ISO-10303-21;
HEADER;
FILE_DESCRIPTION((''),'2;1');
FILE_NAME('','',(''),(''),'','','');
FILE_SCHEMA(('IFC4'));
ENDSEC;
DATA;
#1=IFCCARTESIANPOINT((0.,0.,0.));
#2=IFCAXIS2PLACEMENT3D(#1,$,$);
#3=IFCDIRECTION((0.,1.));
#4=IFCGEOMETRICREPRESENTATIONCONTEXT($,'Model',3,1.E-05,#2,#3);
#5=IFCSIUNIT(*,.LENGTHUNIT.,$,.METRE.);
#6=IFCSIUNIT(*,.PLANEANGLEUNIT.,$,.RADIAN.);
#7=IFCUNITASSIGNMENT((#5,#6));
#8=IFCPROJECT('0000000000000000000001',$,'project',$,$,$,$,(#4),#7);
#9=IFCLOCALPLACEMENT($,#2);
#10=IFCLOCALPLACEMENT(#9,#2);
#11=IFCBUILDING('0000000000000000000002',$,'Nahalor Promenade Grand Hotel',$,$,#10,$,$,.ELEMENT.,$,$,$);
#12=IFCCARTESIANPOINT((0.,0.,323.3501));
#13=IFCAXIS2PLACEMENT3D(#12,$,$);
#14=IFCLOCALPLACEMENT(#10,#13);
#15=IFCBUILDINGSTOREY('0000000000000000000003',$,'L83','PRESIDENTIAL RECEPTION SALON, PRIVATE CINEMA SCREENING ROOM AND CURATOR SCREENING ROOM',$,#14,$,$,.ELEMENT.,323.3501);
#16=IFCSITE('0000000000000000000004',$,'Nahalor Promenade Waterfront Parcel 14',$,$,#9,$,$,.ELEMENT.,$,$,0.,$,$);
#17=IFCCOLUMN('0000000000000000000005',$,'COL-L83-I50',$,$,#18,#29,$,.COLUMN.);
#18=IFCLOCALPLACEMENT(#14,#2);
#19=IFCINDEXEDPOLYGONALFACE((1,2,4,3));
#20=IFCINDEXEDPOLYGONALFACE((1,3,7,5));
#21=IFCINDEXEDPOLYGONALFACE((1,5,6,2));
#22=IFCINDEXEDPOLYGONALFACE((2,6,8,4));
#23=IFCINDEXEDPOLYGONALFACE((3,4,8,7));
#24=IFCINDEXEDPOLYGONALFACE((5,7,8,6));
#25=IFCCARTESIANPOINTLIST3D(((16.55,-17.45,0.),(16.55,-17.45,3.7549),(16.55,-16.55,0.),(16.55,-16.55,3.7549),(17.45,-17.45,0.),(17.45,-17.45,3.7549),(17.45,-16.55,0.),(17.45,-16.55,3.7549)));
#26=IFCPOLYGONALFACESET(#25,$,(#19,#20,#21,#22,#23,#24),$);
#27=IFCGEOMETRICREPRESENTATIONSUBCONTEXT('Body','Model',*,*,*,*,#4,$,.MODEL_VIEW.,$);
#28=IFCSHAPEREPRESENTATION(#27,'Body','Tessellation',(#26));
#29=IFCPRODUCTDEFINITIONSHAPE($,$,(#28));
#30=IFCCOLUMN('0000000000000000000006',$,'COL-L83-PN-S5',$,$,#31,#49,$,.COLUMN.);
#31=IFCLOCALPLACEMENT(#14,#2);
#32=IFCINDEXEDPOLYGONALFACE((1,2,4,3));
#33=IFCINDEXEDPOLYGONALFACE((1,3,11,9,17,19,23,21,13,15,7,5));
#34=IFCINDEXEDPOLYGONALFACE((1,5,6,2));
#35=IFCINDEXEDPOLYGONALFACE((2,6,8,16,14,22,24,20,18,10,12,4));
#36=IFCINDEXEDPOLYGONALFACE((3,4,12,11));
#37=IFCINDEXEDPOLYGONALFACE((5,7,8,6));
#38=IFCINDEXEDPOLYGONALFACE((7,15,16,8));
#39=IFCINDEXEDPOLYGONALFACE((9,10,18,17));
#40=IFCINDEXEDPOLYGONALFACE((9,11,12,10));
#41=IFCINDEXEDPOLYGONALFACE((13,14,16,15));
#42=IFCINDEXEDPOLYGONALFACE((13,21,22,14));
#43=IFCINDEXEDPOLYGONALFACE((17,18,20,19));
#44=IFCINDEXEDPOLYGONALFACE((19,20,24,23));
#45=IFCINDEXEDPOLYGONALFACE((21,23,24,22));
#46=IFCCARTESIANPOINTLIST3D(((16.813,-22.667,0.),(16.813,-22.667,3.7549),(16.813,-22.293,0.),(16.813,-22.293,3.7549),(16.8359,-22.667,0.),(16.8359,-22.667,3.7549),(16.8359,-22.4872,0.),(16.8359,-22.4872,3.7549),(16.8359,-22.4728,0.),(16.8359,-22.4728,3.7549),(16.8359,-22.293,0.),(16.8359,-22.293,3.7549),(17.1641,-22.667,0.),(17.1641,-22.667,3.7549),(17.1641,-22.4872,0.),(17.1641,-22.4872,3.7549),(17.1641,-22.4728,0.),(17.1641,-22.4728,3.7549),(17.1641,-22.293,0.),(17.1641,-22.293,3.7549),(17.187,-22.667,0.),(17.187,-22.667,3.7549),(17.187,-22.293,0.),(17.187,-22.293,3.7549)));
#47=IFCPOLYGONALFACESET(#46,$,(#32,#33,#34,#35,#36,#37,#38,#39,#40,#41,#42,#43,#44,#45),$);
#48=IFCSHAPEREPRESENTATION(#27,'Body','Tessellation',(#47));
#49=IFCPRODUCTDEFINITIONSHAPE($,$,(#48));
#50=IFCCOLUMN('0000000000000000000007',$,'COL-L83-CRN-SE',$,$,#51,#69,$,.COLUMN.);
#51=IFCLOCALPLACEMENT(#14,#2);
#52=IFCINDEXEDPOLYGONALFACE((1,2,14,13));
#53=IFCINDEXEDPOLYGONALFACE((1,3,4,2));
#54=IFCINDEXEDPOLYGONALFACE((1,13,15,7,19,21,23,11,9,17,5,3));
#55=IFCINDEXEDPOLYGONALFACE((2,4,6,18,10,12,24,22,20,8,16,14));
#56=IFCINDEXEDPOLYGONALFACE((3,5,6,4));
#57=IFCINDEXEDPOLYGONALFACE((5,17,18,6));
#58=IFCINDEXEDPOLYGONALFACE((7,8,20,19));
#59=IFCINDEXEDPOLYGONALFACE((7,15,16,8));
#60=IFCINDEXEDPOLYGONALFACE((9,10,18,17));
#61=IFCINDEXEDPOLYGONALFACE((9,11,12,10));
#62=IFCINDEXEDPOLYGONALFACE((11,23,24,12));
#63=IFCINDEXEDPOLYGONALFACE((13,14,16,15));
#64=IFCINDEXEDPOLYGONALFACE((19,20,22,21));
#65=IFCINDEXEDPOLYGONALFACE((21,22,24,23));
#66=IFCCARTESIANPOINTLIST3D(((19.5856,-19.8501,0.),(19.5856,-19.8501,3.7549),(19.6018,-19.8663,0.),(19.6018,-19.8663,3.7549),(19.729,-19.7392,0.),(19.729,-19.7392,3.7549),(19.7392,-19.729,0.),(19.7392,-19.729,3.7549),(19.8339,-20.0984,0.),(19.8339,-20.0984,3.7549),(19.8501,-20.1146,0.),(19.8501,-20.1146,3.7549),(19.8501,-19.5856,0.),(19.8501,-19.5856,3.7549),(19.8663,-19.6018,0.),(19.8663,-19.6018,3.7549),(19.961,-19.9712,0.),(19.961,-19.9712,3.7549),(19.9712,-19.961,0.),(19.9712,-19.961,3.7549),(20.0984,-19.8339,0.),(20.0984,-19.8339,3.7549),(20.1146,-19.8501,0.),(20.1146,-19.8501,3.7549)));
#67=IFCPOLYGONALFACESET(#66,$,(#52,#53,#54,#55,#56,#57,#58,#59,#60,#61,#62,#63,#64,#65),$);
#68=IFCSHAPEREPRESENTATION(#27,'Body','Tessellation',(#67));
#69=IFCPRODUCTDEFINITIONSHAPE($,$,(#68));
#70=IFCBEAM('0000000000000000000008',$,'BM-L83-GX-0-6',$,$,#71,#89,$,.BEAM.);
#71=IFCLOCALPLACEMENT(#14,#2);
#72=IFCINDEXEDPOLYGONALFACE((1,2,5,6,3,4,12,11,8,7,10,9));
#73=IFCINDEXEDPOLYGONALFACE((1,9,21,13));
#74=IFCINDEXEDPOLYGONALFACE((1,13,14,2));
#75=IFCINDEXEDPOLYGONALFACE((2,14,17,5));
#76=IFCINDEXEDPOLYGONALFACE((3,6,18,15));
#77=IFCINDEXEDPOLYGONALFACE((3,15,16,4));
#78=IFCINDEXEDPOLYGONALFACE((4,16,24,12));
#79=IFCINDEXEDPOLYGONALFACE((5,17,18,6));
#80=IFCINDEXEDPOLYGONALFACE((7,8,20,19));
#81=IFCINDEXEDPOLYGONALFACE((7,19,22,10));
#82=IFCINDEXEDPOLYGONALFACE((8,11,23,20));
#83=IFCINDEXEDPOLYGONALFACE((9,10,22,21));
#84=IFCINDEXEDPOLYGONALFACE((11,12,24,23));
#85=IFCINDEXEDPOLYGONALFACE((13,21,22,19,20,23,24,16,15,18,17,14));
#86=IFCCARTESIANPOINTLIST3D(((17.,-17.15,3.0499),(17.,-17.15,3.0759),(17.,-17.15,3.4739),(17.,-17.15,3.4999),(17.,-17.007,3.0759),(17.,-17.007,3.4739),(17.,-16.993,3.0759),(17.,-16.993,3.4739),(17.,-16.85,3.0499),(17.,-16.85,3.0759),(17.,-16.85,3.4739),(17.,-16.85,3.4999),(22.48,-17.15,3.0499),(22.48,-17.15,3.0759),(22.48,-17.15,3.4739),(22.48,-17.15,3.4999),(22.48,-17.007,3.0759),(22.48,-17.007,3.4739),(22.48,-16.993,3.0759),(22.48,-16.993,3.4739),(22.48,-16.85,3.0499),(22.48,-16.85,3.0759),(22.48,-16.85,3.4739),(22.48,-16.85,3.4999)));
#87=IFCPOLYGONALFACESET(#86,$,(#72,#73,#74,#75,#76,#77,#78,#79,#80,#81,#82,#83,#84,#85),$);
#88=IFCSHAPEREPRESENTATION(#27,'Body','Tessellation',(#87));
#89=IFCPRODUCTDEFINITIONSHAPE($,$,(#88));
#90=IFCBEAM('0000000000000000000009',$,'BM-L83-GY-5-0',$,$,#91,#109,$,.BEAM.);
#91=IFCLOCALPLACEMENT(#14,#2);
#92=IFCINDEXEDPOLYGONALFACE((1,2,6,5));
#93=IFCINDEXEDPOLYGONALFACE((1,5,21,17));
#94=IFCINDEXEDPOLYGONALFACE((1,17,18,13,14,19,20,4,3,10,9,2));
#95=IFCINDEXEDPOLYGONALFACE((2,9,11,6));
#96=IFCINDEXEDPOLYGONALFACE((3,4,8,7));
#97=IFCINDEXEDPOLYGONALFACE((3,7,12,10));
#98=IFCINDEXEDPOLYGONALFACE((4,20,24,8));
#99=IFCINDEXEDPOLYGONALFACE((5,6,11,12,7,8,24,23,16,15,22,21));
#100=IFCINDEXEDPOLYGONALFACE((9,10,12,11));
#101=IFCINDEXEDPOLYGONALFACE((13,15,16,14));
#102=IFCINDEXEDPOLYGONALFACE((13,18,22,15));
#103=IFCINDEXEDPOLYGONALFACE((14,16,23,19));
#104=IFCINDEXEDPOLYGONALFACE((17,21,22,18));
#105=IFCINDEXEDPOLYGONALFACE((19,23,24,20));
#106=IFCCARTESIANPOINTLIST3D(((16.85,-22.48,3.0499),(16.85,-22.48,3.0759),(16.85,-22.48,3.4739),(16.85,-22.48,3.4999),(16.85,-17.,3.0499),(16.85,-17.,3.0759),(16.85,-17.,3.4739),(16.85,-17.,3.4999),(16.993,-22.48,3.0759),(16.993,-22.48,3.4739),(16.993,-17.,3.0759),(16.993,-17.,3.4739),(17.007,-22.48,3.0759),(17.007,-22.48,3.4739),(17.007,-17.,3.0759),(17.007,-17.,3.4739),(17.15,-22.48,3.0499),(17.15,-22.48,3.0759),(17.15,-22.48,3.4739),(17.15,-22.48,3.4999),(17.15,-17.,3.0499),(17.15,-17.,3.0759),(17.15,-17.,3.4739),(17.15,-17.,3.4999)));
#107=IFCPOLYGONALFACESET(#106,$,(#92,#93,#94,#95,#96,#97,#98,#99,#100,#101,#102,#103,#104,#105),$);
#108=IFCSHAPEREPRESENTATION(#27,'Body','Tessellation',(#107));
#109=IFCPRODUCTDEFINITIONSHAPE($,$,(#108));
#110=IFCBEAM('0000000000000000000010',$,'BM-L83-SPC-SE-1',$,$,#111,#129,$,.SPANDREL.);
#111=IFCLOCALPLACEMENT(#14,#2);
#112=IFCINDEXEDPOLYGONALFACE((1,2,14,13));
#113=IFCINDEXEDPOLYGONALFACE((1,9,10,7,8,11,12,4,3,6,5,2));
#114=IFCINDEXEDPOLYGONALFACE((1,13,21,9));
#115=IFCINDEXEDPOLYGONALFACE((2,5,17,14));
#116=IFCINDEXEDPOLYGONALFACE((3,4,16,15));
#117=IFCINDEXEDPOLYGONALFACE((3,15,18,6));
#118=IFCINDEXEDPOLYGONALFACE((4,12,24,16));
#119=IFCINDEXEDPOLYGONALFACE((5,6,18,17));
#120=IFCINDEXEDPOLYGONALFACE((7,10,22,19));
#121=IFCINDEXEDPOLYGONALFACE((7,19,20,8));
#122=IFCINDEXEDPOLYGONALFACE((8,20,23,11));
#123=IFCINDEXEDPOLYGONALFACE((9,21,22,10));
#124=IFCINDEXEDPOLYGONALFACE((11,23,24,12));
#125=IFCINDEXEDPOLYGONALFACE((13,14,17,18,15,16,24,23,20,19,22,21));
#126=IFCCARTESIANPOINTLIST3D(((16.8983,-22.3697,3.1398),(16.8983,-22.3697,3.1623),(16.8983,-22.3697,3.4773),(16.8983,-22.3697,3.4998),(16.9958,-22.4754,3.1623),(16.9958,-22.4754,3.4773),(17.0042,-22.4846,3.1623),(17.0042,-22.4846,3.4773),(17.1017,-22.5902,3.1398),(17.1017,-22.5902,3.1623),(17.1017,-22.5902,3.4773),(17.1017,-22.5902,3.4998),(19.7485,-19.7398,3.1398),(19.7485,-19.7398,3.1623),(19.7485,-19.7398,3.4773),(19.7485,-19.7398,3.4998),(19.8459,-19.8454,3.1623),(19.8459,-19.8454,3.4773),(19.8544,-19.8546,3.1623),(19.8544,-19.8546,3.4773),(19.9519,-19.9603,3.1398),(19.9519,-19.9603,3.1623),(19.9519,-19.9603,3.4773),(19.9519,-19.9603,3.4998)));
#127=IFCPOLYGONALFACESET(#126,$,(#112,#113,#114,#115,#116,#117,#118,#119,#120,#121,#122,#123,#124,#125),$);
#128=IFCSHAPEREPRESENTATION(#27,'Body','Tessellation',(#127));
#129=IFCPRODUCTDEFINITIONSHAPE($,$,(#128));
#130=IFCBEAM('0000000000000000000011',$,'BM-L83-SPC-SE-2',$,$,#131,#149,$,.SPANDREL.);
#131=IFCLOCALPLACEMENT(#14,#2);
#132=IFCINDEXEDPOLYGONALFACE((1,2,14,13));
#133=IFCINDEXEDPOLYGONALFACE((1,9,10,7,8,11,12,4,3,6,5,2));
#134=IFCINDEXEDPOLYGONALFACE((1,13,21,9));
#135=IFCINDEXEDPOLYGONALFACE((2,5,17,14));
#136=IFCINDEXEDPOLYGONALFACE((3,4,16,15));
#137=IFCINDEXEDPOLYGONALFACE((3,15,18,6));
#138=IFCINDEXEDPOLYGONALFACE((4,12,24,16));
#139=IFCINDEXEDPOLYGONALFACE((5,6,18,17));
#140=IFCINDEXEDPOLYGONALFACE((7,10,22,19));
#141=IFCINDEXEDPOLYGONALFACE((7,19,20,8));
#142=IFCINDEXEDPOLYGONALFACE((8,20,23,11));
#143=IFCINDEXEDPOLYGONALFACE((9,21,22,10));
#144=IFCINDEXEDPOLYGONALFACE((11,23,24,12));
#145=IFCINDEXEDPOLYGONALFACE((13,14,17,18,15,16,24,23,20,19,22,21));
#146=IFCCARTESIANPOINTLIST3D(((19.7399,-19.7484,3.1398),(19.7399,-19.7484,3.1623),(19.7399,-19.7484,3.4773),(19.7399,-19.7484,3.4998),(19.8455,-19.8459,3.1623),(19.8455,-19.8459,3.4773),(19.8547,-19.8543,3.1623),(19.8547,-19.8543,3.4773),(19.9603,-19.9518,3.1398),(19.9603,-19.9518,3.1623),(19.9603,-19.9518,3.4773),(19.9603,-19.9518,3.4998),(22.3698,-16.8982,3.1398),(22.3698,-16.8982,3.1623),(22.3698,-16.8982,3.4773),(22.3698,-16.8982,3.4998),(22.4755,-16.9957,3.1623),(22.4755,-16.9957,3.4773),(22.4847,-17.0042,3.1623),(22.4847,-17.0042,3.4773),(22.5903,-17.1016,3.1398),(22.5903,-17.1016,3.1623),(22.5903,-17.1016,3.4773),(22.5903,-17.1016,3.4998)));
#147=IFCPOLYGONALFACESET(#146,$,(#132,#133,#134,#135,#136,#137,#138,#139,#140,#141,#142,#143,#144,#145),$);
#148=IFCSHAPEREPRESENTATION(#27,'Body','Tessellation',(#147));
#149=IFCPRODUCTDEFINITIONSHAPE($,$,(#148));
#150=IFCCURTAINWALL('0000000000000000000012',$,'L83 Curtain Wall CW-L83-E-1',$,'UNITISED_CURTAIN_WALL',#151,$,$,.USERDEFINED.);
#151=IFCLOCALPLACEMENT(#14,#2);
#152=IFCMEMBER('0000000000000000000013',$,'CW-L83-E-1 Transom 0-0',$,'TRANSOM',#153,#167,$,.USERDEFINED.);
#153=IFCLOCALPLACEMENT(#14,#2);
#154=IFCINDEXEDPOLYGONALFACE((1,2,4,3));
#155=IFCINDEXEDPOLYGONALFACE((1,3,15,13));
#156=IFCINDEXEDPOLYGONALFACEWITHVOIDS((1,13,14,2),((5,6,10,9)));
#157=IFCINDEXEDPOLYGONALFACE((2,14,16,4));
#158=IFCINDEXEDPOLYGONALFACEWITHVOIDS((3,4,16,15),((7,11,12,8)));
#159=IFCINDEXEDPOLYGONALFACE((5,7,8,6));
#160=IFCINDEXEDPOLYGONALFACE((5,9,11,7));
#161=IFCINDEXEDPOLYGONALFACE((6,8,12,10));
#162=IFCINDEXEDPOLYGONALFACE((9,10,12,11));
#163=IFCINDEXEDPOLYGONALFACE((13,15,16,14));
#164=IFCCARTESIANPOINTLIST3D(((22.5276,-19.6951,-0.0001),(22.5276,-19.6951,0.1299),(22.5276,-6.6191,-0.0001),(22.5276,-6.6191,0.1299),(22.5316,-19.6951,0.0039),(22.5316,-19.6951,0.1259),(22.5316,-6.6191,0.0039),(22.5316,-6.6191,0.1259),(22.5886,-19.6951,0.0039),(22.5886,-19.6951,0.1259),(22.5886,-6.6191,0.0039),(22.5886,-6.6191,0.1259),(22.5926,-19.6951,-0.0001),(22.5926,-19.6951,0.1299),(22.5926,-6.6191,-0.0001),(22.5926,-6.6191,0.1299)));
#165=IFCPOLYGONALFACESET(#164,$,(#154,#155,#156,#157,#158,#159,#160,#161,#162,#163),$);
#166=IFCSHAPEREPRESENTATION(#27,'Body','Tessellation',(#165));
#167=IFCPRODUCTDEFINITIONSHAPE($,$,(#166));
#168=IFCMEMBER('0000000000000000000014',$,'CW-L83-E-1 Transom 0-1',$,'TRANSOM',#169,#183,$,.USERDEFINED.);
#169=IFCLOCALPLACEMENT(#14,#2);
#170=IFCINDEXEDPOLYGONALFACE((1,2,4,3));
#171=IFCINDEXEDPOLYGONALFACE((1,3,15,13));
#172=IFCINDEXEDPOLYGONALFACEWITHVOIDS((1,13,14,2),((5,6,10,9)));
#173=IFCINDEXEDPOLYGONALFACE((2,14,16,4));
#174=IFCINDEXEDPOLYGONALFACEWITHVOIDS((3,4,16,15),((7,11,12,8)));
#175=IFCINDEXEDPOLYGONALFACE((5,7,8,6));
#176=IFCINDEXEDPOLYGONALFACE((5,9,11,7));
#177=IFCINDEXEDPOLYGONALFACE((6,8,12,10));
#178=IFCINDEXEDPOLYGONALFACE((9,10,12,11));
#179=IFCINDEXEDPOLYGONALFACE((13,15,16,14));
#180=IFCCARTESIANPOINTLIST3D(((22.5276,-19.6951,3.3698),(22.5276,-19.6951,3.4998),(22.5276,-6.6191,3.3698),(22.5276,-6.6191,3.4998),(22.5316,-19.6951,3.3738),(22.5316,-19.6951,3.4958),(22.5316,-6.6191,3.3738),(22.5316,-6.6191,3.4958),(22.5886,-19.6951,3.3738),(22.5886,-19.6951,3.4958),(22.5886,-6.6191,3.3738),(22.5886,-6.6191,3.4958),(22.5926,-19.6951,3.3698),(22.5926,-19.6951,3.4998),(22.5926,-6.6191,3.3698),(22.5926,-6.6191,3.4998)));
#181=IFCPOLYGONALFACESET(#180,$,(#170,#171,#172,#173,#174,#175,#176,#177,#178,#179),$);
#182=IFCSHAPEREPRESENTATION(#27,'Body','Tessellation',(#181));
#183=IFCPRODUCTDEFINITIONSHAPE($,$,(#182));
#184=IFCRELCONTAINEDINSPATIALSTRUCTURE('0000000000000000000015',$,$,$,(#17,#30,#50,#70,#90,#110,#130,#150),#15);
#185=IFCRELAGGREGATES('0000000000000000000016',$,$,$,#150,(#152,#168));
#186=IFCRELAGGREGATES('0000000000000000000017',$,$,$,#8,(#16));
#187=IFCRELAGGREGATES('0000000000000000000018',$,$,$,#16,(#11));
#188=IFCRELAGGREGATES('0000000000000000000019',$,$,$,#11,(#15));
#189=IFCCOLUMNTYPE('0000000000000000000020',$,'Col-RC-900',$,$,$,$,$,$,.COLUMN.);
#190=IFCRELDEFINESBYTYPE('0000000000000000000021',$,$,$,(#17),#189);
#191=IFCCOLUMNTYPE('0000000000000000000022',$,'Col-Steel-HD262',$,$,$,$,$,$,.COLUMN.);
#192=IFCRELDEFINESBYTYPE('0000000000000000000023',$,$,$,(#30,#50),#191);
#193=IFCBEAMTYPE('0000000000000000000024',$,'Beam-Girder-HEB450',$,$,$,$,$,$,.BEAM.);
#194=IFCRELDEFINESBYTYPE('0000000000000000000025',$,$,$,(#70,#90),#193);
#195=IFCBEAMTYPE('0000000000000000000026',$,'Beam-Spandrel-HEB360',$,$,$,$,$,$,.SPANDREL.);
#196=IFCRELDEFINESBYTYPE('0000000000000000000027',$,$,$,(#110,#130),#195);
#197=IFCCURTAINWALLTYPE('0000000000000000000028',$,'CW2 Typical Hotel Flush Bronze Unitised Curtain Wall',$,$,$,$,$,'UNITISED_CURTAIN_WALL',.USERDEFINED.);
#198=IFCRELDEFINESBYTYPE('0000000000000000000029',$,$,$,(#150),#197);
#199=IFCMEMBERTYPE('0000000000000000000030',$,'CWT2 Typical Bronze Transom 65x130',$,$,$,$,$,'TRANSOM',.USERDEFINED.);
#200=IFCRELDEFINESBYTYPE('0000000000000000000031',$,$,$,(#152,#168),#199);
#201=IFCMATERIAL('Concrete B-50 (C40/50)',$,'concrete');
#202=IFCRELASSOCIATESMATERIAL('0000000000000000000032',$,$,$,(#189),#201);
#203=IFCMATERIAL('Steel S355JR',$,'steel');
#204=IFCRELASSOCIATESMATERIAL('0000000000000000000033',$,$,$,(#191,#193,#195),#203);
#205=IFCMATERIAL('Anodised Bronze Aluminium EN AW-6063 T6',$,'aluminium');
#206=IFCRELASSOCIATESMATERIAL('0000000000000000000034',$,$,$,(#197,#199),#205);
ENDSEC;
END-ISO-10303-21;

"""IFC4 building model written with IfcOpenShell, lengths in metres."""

from ifc_helpers import new_model, si_unit, direction, frame, origin, origin_2d, place, context, subcontext, project, spatial, rectangle, hollow_rectangle, i_section, extrude, source, transform, mapped, material, material_profile, profile_set, type_object, element, aggregate, save


model = new_model("IFC4")

# Units and contexts
model_context = context("Model", 3, precision=1e-05, world=origin(), true_north=direction((0.0, 1.0)))
body_context = subcontext(model_context, "Body", "Model", "MODEL_VIEW")
ifc_project = project(units=[si_unit("LENGTHUNIT", "METRE"), si_unit("PLANEANGLEUNIT", "RADIAN")], contexts=[model_context])

# Site, building, storey
site_placement = place(None, origin())
site = spatial("IfcSite", under=ifc_project, at=site_placement, Name="Nahalor Promenade Waterfront Parcel 14", CompositionType="ELEMENT", RefElevation=0.0)
building_placement = place(site_placement, origin())
building = spatial("IfcBuilding", under=site, at=building_placement, Name="Nahalor Promenade Grand Hotel", CompositionType="ELEMENT")
storey_placement = place(building_placement, frame((0.0, 0.0, 323.3501)))
storey = spatial("IfcBuildingStorey", under=building, at=storey_placement, Name="L83", Description="PRESIDENTIAL RECEPTION SALON, PRIVATE CINEMA SCREENING ROOM AND CURATOR SCREENING ROOM", CompositionType="ELEMENT", Elevation=323.3501)

# Columns
ifc_material_1 = material(Name="Concrete B-50 (C40/50)", Category="concrete")
ifc_material_profile_1 = material_profile(ifc_material_1, rectangle(XDim=0.9, YDim=0.9, at=origin_2d()), Name="RC 900x900")
ifc_profile_set_1 = profile_set([ifc_material_profile_1], Name="Concrete B-50 (C40/50)")
column_type_1 = type_object("IfcColumnType", Name="Col-RC-900", PredefinedType="COLUMN", material=ifc_profile_set_1)
shared_shape_1 = source(origin(), body_context, "Body", "SweptSolid", [
    extrude(rectangle(XDim=0.9, YDim=0.9, at=origin_2d()), origin(), (0.0, 0.0, 1.0), 3.7549),
])
column_placement = place(storey_placement, frame((17.0, -17.0, 0.0), z_axis=(0.0, 0.0, 1.0), x_axis=(1.0, 0.0, 0.0)))
element("IfcColumn", 1, at=column_placement, inside=storey, type_object=column_type_1, Name="COL-L83-I50", PredefinedType="COLUMN", context=body_context, shape_type="MappedRepresentation", body=[
    mapped(shared_shape_1, transform((0.0, 0.0, 0.0), scale=1.0)),
])
ifc_material_2 = material(Name="Steel S355JR", Category="steel")
ifc_material_profile_2 = material_profile(ifc_material_2, i_section(OverallWidth=0.374, OverallDepth=0.374, WebThickness=0.0144, FlangeThickness=0.0229, at=origin_2d()), Name="HD 360x262")
ifc_profile_set_2 = profile_set([ifc_material_profile_2], Name="Steel S355JR")
column_type_2 = type_object("IfcColumnType", Name="Col-Steel-HD262", PredefinedType="COLUMN", material=ifc_profile_set_2)
shared_shape_2 = source(origin(), body_context, "Body", "SweptSolid", [
    extrude(i_section(OverallWidth=0.374, OverallDepth=0.374, WebThickness=0.0144, FlangeThickness=0.0229, at=origin_2d()), origin(), (0.0, 0.0, 1.0), 3.7549),
])
for number, where, z_axis, x_axis, name in (
    (2, (17.0, -22.48, 0.0), (0.0, 0.0, 1.0), (0.0, 1.0, 0.0), "COL-L83-PN-S5"),
    (3, (19.8501, -19.8501, 0.0), (0.0, 0.0, 1.0), (0.707107, 0.707107, 0.0), "COL-L83-CRN-SE"),
):
    element("IfcColumn", number, at=place(storey_placement, frame(where, z_axis=z_axis, x_axis=x_axis)), inside=storey, type_object=column_type_2, Name=name, PredefinedType="COLUMN", context=body_context, shape_type="MappedRepresentation", body=[
        mapped(shared_shape_2, transform((0.0, 0.0, 0.0), scale=1.0)),
    ])

# Beams
ifc_material_profile_3 = material_profile(ifc_material_2, i_section(OverallWidth=0.3, OverallDepth=0.45, WebThickness=0.014, FlangeThickness=0.026, at=origin_2d()), Name="HEB 450")
ifc_profile_set_3 = profile_set([ifc_material_profile_3], Name="Steel S355JR")
beam_type_1 = type_object("IfcBeamType", Name="Beam-Girder-HEB450", PredefinedType="BEAM", material=ifc_profile_set_3)
shared_shape_3 = source(origin(), body_context, "Body", "SweptSolid", [
    extrude(i_section(OverallWidth=0.3, OverallDepth=0.45, WebThickness=0.014, FlangeThickness=0.026, at=origin_2d()), origin(), (0.0, 0.0, 1.0), 5.48),
])
for number, where, z_axis, x_axis, name in (
    (4, (17.0, -17.0, 3.2749), (1.0, 0.0, 0.0), (0.0, 1.0, 0.0), "BM-L83-GX-0-6"),
    (5, (17.0, -22.48, 3.2749), (0.0, 1.0, 0.0), (-1.0, 0.0, 0.0), "BM-L83-GY-5-0"),
):
    element("IfcBeam", number, at=place(storey_placement, frame(where, z_axis=z_axis, x_axis=x_axis)), inside=storey, type_object=beam_type_1, Name=name, PredefinedType="BEAM", context=body_context, shape_type="MappedRepresentation", body=[
        mapped(shared_shape_3, transform((0.0, 0.0, 0.0), scale=1.0)),
    ])
ifc_material_profile_4 = material_profile(ifc_material_2, i_section(OverallWidth=0.3, OverallDepth=0.36, WebThickness=0.0125, FlangeThickness=0.0225, at=origin_2d()), Name="HEB 360")
ifc_profile_set_4 = profile_set([ifc_material_profile_4], Name="Steel S355JR")
beam_type_2 = type_object("IfcBeamType", Name="Beam-Spandrel-HEB360", PredefinedType="SPANDREL", material=ifc_profile_set_4)
shared_shape_4 = source(origin(), body_context, "Body", "SweptSolid", [
    extrude(i_section(OverallWidth=0.3, OverallDepth=0.36, WebThickness=0.0125, FlangeThickness=0.0225, at=origin_2d()), origin(), (0.0, 0.0, 1.0), 3.8782),
])
for number, where, z_axis, x_axis, name in (
    (6, (17.0, -22.48, 3.3198), (0.734929, 0.678144, 0.0), (-0.678144, 0.734929, 0.0), "BM-L83-SPC-SE-1"),
    (7, (19.8501, -19.8501, 3.3198), (0.678144, 0.734929, 0.0), (-0.734929, 0.678144, 0.0), "BM-L83-SPC-SE-2"),
):
    element("IfcBeam", number, at=place(storey_placement, frame(where, z_axis=z_axis, x_axis=x_axis)), inside=storey, type_object=beam_type_2, Name=name, PredefinedType="SPANDREL", context=body_context, shape_type="MappedRepresentation", body=[
        mapped(shared_shape_4, transform((0.0, 0.0, 0.0), scale=1.0)),
    ])

# Curtain wall, members
ifc_material_3 = material(Name="Anodised Bronze Aluminium EN AW-6063 T6", Category="aluminium")
curtain_wall_type = type_object("IfcCurtainWallType", Name="CW2 Typical Hotel Flush Bronze Unitised Curtain Wall", ElementType="UNITISED_CURTAIN_WALL", PredefinedType="USERDEFINED", material=ifc_material_3)
curtain_wall_1_placement = place(storey_placement, origin())
curtain_wall_1 = element("IfcCurtainWall", 8, at=curtain_wall_1_placement, inside=storey, type_object=curtain_wall_type, Name="L83 Curtain Wall CW-L83-E-1", ObjectType="UNITISED_CURTAIN_WALL", PredefinedType="USERDEFINED")
ifc_material_profile_5 = material_profile(ifc_material_3, hollow_rectangle(XDim=0.065, YDim=0.13, WallThickness=0.004, at=origin_2d()), Name="CWT 65x130x4")
ifc_profile_set_5 = profile_set([ifc_material_profile_5], Name="Anodised Bronze Aluminium EN AW-6063 T6")
member_type_1 = type_object("IfcMemberType", Name="CWT2 Typical Bronze Transom 65x130", ElementType="TRANSOM", PredefinedType="USERDEFINED", material=ifc_profile_set_5)
shared_shape_5 = source(origin(), body_context, "Body", "SweptSolid", [
    extrude(hollow_rectangle(XDim=0.065, YDim=0.13, WallThickness=0.004, at=origin_2d()), origin(), (0.0, 0.0, 1.0), 13.0759),
])
member_1_placement = place(storey_placement, frame((22.5601, -19.6951, 0.0649), z_axis=(0.0, 1.0, 0.0), x_axis=(-1.0, 0.0, 0.0)))
member_1 = element("IfcMember", 9, at=member_1_placement, type_object=member_type_1, Name="CW-L83-E-1 Transom 0-0", ObjectType="TRANSOM", PredefinedType="USERDEFINED", context=body_context, shape_type="MappedRepresentation", body=[
    mapped(shared_shape_5, transform((0.0, 0.0, 0.0), scale=1.0)),
])
member_2_placement = place(storey_placement, frame((22.5601, -19.6951, 3.4348), z_axis=(0.0, 1.0, 0.0), x_axis=(-1.0, 0.0, 0.0)))
member_2 = element("IfcMember", 10, at=member_2_placement, type_object=member_type_1, Name="CW-L83-E-1 Transom 0-1", ObjectType="TRANSOM", PredefinedType="USERDEFINED", context=body_context, shape_type="MappedRepresentation", body=[
    mapped(shared_shape_5, transform((0.0, 0.0, 0.0), scale=1.0)),
])

aggregate(curtain_wall_1, [member_1, member_2])

save(model, "model.ifc")
